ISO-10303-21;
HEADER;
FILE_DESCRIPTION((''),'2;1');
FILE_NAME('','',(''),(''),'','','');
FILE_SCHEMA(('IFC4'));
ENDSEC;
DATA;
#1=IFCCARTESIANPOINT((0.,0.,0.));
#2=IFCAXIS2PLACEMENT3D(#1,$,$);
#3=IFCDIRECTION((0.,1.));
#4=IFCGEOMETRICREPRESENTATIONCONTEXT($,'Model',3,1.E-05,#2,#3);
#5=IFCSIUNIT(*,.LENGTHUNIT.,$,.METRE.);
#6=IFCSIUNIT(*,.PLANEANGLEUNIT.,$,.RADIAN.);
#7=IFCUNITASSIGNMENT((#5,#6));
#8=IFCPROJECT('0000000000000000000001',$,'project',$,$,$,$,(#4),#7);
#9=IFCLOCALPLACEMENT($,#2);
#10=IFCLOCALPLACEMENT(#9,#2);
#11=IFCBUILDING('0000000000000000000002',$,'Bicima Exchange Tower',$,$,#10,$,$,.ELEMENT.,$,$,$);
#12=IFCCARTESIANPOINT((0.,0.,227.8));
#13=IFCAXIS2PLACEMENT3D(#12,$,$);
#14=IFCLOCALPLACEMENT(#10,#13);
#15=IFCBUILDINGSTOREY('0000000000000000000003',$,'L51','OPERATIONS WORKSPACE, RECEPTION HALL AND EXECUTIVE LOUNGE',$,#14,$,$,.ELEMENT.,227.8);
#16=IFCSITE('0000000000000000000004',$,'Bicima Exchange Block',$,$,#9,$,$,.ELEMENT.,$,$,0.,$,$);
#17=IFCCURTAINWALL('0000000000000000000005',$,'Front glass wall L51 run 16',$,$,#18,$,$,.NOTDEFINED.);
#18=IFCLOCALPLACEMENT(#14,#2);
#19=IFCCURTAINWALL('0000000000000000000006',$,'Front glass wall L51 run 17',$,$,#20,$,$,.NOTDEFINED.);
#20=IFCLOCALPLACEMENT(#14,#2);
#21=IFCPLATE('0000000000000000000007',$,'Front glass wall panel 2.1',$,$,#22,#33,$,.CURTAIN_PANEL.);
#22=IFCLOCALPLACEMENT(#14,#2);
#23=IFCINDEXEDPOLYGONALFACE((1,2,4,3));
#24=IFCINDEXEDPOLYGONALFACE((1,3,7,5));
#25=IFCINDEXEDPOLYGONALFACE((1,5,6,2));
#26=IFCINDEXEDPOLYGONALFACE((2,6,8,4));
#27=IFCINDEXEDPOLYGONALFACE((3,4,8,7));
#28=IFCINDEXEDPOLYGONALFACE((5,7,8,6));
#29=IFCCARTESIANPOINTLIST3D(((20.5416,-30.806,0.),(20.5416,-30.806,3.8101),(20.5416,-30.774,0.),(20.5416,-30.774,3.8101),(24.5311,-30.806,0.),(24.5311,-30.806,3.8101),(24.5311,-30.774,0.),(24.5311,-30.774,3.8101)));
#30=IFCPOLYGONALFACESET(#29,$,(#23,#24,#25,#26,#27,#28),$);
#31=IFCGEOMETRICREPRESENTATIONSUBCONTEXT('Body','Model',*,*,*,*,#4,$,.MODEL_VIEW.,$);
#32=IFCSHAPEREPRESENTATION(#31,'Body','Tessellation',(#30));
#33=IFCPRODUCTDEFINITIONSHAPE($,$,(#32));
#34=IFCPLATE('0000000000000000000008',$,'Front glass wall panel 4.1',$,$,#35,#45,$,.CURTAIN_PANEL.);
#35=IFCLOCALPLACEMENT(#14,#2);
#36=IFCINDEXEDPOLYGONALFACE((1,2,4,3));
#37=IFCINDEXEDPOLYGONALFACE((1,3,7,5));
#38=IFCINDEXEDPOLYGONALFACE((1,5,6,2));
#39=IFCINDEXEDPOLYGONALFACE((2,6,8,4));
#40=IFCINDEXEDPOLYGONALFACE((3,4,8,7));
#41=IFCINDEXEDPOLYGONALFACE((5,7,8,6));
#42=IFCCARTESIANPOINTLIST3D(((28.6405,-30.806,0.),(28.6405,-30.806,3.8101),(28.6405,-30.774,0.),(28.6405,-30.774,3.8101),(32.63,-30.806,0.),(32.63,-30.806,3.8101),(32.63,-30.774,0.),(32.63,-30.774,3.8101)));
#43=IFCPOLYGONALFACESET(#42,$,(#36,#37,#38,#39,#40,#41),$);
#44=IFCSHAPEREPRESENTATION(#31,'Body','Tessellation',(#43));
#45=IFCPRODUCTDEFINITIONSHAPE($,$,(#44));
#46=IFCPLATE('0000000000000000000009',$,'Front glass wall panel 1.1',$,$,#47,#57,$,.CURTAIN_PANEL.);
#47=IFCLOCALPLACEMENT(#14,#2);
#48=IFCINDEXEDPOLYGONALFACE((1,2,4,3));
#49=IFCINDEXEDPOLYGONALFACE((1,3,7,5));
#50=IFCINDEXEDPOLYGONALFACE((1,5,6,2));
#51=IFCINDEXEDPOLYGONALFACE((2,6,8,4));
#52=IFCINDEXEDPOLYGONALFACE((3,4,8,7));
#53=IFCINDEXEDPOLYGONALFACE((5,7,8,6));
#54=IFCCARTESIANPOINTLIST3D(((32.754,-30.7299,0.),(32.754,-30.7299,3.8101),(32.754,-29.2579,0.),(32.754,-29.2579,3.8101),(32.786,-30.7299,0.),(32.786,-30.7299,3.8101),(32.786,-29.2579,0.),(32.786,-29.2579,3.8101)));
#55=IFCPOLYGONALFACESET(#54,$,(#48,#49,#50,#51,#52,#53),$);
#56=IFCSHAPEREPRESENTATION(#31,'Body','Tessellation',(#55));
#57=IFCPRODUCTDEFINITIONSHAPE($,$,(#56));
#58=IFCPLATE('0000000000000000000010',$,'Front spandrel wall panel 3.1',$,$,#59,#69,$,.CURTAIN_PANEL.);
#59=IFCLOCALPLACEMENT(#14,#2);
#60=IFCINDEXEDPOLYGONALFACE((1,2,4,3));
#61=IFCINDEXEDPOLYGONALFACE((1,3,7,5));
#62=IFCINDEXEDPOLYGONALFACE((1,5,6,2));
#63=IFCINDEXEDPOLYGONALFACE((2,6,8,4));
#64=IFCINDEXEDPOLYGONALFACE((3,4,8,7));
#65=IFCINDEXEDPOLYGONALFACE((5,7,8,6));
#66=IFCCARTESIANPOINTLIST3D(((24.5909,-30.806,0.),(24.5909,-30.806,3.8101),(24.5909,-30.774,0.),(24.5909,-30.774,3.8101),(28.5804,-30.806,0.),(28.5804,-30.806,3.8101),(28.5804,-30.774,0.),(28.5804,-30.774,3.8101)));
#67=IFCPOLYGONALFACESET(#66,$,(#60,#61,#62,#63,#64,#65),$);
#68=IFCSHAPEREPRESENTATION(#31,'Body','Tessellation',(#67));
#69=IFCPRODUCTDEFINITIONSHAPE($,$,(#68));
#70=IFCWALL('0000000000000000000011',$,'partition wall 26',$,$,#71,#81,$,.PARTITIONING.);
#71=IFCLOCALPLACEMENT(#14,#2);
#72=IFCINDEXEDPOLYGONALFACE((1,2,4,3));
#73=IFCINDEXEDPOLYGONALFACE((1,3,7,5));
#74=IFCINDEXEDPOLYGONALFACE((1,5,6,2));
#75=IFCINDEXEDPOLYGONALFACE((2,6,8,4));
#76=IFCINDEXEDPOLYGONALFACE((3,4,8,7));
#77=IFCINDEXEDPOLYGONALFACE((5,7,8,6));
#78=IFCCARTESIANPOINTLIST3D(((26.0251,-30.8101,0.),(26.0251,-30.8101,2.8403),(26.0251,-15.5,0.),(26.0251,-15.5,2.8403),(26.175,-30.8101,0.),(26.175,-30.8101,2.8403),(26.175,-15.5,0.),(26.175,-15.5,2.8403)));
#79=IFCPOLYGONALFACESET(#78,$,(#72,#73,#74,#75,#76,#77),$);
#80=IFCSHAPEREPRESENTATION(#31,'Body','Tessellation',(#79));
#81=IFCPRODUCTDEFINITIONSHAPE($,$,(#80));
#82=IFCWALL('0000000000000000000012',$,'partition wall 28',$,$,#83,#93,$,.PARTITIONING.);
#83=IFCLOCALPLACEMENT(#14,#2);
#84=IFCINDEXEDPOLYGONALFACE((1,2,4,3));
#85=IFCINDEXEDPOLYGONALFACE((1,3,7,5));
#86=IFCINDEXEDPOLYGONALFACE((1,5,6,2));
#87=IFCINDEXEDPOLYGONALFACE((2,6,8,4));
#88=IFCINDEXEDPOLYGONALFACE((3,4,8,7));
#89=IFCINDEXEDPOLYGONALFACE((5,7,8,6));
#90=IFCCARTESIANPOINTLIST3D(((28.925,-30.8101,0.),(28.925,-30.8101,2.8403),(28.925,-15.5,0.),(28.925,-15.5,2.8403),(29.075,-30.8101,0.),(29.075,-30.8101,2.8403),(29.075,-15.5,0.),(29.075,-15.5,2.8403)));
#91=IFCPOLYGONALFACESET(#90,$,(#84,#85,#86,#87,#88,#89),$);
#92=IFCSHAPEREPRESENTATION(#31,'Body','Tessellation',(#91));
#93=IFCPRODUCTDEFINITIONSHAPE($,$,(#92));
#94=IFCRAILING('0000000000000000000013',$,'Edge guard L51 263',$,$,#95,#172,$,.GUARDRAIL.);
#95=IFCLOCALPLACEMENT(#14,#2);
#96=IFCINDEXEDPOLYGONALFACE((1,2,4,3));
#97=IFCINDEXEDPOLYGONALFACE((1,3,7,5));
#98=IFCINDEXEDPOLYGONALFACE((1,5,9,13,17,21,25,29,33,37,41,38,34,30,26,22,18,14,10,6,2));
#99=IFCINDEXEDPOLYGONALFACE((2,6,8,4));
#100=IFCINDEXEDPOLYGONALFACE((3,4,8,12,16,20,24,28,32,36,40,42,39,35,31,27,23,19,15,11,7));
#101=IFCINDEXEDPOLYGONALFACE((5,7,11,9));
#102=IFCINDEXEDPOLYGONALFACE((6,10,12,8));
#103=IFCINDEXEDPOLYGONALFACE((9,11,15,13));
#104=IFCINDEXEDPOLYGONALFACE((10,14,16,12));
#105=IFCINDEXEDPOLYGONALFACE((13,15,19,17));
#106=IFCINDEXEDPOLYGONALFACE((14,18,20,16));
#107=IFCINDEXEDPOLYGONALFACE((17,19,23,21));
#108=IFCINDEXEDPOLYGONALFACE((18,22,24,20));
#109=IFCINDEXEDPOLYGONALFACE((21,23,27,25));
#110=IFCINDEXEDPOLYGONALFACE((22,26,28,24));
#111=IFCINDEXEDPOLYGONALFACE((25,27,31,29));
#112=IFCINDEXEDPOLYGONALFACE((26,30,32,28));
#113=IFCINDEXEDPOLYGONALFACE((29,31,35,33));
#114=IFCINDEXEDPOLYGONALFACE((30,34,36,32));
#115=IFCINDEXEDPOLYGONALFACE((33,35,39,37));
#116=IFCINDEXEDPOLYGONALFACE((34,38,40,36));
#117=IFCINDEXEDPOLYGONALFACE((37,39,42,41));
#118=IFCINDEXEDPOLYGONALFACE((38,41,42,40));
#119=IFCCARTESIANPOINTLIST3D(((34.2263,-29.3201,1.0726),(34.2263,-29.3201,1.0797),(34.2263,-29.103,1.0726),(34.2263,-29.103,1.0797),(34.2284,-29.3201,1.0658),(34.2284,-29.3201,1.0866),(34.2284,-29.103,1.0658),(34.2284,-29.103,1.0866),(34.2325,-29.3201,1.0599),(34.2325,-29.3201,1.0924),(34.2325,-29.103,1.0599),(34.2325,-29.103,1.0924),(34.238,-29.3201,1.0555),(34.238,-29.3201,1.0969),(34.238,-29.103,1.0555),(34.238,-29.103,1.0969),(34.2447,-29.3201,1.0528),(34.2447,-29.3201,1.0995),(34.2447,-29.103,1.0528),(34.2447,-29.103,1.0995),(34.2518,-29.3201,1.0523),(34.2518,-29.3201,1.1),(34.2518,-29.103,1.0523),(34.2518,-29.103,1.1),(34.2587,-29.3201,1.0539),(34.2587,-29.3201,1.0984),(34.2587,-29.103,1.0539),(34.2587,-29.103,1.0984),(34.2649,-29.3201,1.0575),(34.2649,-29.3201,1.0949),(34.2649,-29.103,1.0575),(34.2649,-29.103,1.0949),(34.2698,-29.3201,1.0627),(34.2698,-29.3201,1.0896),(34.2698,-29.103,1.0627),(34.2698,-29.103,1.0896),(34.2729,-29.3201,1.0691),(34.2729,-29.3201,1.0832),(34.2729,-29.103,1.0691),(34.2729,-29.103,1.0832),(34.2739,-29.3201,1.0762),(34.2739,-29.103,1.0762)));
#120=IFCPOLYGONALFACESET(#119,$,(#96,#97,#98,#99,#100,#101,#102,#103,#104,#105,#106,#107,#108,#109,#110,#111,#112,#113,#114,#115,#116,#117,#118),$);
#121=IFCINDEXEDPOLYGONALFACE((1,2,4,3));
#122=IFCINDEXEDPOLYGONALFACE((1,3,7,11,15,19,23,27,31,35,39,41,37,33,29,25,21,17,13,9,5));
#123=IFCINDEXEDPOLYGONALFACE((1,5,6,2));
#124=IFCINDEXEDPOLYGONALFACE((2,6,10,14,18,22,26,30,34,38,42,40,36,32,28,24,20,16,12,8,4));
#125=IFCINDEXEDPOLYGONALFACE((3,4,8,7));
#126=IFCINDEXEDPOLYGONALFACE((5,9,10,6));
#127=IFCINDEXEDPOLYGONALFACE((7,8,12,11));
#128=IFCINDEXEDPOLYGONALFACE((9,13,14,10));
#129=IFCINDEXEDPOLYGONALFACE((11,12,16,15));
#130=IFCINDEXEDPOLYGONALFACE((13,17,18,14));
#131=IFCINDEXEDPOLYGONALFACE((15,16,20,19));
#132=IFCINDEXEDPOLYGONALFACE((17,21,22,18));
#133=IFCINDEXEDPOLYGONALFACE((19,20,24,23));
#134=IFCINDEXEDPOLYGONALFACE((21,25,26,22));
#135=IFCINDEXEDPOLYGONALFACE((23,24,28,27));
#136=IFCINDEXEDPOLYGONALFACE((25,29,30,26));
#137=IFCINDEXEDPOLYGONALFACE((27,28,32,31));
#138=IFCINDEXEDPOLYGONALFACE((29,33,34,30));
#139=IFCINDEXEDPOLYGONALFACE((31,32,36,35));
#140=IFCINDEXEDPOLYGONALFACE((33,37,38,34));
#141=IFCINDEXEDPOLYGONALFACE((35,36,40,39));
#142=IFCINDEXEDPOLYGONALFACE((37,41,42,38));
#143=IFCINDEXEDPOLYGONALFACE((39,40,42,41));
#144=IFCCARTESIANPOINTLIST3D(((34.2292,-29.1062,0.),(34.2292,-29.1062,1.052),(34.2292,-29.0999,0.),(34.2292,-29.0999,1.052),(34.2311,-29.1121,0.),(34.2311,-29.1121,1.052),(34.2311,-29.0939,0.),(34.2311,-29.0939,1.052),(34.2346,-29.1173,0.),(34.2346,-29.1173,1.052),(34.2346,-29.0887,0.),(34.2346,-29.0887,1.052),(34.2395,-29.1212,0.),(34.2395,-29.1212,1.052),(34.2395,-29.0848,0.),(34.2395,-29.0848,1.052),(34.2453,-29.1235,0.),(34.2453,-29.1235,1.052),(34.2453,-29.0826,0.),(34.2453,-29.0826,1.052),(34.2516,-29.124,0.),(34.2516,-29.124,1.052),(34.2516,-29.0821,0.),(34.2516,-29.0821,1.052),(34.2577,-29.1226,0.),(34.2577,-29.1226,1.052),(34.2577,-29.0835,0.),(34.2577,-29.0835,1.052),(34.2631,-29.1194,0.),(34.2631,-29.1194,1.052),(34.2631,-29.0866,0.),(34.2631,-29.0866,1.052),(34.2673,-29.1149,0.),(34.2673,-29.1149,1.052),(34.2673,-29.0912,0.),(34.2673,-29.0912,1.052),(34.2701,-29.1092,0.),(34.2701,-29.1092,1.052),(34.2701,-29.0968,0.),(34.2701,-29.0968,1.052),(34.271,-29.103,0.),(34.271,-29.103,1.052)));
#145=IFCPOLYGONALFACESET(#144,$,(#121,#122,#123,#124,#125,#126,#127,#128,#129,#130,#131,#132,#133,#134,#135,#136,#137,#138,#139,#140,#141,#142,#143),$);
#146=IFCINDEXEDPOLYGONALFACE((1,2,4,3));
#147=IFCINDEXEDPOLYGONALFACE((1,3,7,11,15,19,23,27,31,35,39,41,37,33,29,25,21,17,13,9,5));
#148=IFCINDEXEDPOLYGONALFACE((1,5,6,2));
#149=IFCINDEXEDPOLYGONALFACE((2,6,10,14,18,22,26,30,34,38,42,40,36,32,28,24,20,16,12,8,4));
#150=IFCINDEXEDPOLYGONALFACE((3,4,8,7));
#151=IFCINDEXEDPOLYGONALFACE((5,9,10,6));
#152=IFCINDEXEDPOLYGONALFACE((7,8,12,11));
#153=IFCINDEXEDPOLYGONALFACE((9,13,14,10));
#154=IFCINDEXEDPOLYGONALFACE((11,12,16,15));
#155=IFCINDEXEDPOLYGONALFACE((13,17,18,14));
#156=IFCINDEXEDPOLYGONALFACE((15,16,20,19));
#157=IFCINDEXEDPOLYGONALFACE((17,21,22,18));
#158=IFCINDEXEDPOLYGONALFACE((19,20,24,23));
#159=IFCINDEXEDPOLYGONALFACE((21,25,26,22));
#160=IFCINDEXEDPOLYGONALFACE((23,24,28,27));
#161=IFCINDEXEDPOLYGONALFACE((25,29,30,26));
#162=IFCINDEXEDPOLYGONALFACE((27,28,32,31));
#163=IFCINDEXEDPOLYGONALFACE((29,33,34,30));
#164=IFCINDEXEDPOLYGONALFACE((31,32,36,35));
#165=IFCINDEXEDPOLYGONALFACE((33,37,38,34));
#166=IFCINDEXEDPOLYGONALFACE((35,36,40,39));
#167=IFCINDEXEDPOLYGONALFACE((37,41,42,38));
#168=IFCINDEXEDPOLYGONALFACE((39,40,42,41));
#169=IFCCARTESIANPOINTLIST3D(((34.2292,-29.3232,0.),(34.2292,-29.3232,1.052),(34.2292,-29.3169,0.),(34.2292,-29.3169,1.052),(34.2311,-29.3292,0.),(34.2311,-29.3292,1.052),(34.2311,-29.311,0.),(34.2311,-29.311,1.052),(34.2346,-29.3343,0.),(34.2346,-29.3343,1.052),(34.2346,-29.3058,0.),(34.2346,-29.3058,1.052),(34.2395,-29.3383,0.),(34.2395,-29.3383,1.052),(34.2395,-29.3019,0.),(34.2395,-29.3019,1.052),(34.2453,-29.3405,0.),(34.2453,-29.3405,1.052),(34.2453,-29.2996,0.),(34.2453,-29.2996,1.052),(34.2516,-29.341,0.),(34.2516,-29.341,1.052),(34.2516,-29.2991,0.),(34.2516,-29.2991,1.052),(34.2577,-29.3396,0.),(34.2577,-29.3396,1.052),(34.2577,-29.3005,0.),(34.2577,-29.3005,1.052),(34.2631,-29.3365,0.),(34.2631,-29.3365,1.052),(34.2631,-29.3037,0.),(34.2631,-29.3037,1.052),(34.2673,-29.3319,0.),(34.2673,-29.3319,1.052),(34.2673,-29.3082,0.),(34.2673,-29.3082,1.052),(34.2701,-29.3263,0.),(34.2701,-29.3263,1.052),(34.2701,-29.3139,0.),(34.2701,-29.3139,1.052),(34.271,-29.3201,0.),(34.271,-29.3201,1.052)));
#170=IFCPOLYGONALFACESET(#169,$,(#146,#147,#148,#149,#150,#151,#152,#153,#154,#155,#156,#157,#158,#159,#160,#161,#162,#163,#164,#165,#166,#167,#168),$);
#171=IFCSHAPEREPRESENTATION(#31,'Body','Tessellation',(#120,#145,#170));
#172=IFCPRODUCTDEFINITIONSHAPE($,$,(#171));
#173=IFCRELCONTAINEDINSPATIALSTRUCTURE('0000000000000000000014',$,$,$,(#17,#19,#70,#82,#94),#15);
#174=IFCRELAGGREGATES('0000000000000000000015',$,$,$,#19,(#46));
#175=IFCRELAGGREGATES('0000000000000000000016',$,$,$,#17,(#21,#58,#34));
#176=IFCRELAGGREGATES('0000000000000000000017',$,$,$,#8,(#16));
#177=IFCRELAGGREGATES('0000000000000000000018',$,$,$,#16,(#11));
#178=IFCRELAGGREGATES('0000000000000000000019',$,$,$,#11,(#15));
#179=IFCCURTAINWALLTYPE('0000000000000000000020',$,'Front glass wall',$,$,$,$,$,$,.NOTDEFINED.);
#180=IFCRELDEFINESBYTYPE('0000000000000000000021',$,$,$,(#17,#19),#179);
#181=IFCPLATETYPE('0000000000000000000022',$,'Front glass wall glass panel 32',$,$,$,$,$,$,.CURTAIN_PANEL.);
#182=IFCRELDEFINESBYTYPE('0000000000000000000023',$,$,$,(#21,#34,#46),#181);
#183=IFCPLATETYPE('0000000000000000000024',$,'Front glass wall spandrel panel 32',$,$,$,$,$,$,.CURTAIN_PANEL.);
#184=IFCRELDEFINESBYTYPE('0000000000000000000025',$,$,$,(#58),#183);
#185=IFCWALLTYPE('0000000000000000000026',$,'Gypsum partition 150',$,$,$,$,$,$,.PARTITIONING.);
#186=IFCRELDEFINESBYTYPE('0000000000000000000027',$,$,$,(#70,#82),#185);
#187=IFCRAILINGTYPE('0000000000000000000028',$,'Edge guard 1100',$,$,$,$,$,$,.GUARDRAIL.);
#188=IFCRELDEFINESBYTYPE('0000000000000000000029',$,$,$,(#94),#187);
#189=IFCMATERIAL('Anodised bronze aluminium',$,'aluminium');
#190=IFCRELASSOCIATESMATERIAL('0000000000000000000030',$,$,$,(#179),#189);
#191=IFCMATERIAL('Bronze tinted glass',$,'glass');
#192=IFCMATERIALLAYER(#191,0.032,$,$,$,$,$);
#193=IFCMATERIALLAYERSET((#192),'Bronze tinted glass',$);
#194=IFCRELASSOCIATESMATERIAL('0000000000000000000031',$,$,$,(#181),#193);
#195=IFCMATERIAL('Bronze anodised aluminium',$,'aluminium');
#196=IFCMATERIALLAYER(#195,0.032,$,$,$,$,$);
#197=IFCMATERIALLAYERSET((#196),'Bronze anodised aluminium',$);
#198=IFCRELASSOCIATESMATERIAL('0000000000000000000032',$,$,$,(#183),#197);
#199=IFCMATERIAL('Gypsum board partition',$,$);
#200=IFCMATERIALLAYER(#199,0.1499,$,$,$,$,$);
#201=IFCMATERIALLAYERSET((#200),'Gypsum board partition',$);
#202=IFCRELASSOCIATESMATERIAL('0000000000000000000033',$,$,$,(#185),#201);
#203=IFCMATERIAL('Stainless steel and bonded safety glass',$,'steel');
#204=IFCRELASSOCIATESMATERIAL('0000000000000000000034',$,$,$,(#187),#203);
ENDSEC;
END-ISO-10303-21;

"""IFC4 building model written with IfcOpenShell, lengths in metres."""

from ifc_helpers import new_model, si_unit, direction, frame, frame_2d, origin, origin_2d, place, context, subcontext, project, spatial, rectangle, circle, extrude, material, layer, layer_set, type_object, element, aggregate, save


model = new_model("IFC4")

# Units and contexts
model_context = context("Model", 3, precision=1e-05, world=origin(), true_north=direction((0.0, 1.0)))
body_context = subcontext(model_context, "Body", "Model", "MODEL_VIEW")
ifc_project = project(units=[si_unit("LENGTHUNIT", "METRE"), si_unit("PLANEANGLEUNIT", "RADIAN")], contexts=[model_context])

# Site, building, storey
site_placement = place(None, origin())
site = spatial("IfcSite", under=ifc_project, at=site_placement, Name="Bicima Exchange Block", CompositionType="ELEMENT", RefElevation=0.0)
building_placement = place(site_placement, origin())
building = spatial("IfcBuilding", under=site, at=building_placement, Name="Bicima Exchange Tower", CompositionType="ELEMENT")
storey_placement = place(building_placement, frame((0.0, 0.0, 227.8)))
storey = spatial("IfcBuildingStorey", under=building, at=storey_placement, Name="L51", Description="OPERATIONS WORKSPACE, RECEPTION HALL AND EXECUTIVE LOUNGE", CompositionType="ELEMENT", Elevation=227.8)

# Curtain walls
ifc_material_1 = material(Name="Anodised bronze aluminium", Category="aluminium")
curtain_wall_type = type_object("IfcCurtainWallType", Name="Front glass wall", PredefinedType="NOTDEFINED", material=ifc_material_1)
curtain_wall_1_placement = place(storey_placement, origin())
curtain_wall_1 = element("IfcCurtainWall", 1, at=curtain_wall_1_placement, inside=storey, type_object=curtain_wall_type, Name="Front glass wall L51 run 16", PredefinedType="NOTDEFINED")
curtain_wall_2_placement = place(storey_placement, origin())
curtain_wall_2 = element("IfcCurtainWall", 2, at=curtain_wall_2_placement, inside=storey, type_object=curtain_wall_type, Name="Front glass wall L51 run 17", PredefinedType="NOTDEFINED")

# Plates
ifc_material_2 = material(Name="Bronze tinted glass", Category="glass")
ifc_layer_1 = layer(ifc_material_2, 0.032)
ifc_layer_set_1 = layer_set([ifc_layer_1], Name="Bronze tinted glass")
plate_type_1 = type_object("IfcPlateType", Name="Front glass wall glass panel 32", PredefinedType="CURTAIN_PANEL", material=ifc_layer_set_1)
plate_1_placement = place(storey_placement, frame((22.5364, -30.79, 0.0), z_axis=(0.0, 0.0, 1.0), x_axis=(1.0, 0.0, 0.0)))
plate_1 = element("IfcPlate", 3, at=plate_1_placement, type_object=plate_type_1, Name="Front glass wall panel 2.1", PredefinedType="CURTAIN_PANEL", context=body_context, shape_type="SweptSolid", body=[
    extrude(rectangle(XDim=3.9895, YDim=0.032, at=origin_2d()), origin(), (0.0, 0.0, 1.0), 3.8101),
])
plate_2_placement = place(storey_placement, frame((30.6353, -30.79, 0.0), z_axis=(0.0, 0.0, 1.0), x_axis=(1.0, 0.0, 0.0)))
plate_2 = element("IfcPlate", 4, at=plate_2_placement, type_object=plate_type_1, Name="Front glass wall panel 4.1", PredefinedType="CURTAIN_PANEL", context=body_context, shape_type="SweptSolid", body=[
    extrude(rectangle(XDim=3.9895, YDim=0.032, at=origin_2d()), origin(), (0.0, 0.0, 1.0), 3.8101),
])
plate_3_placement = place(storey_placement, frame((32.77, -29.9939, 0.0), z_axis=(0.0, 0.0, 1.0), x_axis=(0.0, 1.0, 0.0)))
plate_3 = element("IfcPlate", 5, at=plate_3_placement, type_object=plate_type_1, Name="Front glass wall panel 1.1", PredefinedType="CURTAIN_PANEL", context=body_context, shape_type="SweptSolid", body=[
    extrude(rectangle(XDim=1.4719, YDim=0.032, at=origin_2d()), origin(), (0.0, 0.0, 1.0), 3.8101),
])
aggregate(curtain_wall_2, [plate_3])
ifc_material_3 = material(Name="Bronze anodised aluminium", Category="aluminium")
ifc_layer_2 = layer(ifc_material_3, 0.032)
ifc_layer_set_2 = layer_set([ifc_layer_2], Name="Bronze anodised aluminium")
plate_type_2 = type_object("IfcPlateType", Name="Front glass wall spandrel panel 32", PredefinedType="CURTAIN_PANEL", material=ifc_layer_set_2)
plate_4_placement = place(storey_placement, frame((26.5857, -30.79, 0.0), z_axis=(0.0, 0.0, 1.0), x_axis=(1.0, 0.0, 0.0)))
plate_4 = element("IfcPlate", 6, at=plate_4_placement, type_object=plate_type_2, Name="Front spandrel wall panel 3.1", PredefinedType="CURTAIN_PANEL", context=body_context, shape_type="SweptSolid", body=[
    extrude(rectangle(XDim=3.9895, YDim=0.032, at=origin_2d()), origin(), (0.0, 0.0, 1.0), 3.8101),
])
aggregate(curtain_wall_1, [plate_1, plate_4, plate_2])

# Walls
ifc_material_4 = material(Name="Gypsum board partition")
ifc_layer_3 = layer(ifc_material_4, 0.1499)
ifc_layer_set_3 = layer_set([ifc_layer_3], Name="Gypsum board partition")
wall_type = type_object("IfcWallType", Name="Gypsum partition 150", PredefinedType="PARTITIONING", material=ifc_layer_set_3)
for number, where, z_axis, x_axis, name in (
    (7, (26.1001, -30.8101, 0.0), (0.0, 0.0, 1.0), (0.0, 1.0, 0.0), "partition wall 26"),
    (8, (29.0, -30.8101, 0.0), (0.0, 0.0, 1.0), (0.0, 1.0, 0.0), "partition wall 28"),
):
    element("IfcWall", number, at=place(storey_placement, frame(where, z_axis=z_axis, x_axis=x_axis)), inside=storey, type_object=wall_type, Name=name, PredefinedType="PARTITIONING", context=body_context, shape_type="SweptSolid", body=[
        extrude(rectangle(XDim=15.3101, YDim=0.1499, at=frame_2d((7.655, 0.0))), origin(), (0.0, 0.0, 1.0), 2.8403),
    ])

# Railing
ifc_material_5 = material(Name="Stainless steel and bonded safety glass", Category="steel")
railing_type = type_object("IfcRailingType", Name="Edge guard 1100", PredefinedType="GUARDRAIL", material=ifc_material_5)
railing_1_placement = place(storey_placement, frame((34.25, -29.103, 0.0)))
element("IfcRailing", 9, at=railing_1_placement, inside=storey, type_object=railing_type, Name="Edge guard L51 263", PredefinedType="GUARDRAIL", context=body_context, shape_type="SweptSolid", body=[
    extrude(circle(Radius=0.0239, at=origin_2d()), frame((0.0, 0.0, 1.0762), z_axis=(0.0, -1.0, 0.0), x_axis=(1.0, 0.0, 0.0)), (0.0, 0.0, 1.0), 0.217),
    extrude(circle(Radius=0.021, at=origin_2d()), origin(), (0.0, 0.0, 1.0), 1.052),
    extrude(circle(Radius=0.021, at=origin_2d()), frame((0.0, -0.217, 0.0)), (0.0, 0.0, 1.0), 1.052),
])

save(model, "model.ifc")
